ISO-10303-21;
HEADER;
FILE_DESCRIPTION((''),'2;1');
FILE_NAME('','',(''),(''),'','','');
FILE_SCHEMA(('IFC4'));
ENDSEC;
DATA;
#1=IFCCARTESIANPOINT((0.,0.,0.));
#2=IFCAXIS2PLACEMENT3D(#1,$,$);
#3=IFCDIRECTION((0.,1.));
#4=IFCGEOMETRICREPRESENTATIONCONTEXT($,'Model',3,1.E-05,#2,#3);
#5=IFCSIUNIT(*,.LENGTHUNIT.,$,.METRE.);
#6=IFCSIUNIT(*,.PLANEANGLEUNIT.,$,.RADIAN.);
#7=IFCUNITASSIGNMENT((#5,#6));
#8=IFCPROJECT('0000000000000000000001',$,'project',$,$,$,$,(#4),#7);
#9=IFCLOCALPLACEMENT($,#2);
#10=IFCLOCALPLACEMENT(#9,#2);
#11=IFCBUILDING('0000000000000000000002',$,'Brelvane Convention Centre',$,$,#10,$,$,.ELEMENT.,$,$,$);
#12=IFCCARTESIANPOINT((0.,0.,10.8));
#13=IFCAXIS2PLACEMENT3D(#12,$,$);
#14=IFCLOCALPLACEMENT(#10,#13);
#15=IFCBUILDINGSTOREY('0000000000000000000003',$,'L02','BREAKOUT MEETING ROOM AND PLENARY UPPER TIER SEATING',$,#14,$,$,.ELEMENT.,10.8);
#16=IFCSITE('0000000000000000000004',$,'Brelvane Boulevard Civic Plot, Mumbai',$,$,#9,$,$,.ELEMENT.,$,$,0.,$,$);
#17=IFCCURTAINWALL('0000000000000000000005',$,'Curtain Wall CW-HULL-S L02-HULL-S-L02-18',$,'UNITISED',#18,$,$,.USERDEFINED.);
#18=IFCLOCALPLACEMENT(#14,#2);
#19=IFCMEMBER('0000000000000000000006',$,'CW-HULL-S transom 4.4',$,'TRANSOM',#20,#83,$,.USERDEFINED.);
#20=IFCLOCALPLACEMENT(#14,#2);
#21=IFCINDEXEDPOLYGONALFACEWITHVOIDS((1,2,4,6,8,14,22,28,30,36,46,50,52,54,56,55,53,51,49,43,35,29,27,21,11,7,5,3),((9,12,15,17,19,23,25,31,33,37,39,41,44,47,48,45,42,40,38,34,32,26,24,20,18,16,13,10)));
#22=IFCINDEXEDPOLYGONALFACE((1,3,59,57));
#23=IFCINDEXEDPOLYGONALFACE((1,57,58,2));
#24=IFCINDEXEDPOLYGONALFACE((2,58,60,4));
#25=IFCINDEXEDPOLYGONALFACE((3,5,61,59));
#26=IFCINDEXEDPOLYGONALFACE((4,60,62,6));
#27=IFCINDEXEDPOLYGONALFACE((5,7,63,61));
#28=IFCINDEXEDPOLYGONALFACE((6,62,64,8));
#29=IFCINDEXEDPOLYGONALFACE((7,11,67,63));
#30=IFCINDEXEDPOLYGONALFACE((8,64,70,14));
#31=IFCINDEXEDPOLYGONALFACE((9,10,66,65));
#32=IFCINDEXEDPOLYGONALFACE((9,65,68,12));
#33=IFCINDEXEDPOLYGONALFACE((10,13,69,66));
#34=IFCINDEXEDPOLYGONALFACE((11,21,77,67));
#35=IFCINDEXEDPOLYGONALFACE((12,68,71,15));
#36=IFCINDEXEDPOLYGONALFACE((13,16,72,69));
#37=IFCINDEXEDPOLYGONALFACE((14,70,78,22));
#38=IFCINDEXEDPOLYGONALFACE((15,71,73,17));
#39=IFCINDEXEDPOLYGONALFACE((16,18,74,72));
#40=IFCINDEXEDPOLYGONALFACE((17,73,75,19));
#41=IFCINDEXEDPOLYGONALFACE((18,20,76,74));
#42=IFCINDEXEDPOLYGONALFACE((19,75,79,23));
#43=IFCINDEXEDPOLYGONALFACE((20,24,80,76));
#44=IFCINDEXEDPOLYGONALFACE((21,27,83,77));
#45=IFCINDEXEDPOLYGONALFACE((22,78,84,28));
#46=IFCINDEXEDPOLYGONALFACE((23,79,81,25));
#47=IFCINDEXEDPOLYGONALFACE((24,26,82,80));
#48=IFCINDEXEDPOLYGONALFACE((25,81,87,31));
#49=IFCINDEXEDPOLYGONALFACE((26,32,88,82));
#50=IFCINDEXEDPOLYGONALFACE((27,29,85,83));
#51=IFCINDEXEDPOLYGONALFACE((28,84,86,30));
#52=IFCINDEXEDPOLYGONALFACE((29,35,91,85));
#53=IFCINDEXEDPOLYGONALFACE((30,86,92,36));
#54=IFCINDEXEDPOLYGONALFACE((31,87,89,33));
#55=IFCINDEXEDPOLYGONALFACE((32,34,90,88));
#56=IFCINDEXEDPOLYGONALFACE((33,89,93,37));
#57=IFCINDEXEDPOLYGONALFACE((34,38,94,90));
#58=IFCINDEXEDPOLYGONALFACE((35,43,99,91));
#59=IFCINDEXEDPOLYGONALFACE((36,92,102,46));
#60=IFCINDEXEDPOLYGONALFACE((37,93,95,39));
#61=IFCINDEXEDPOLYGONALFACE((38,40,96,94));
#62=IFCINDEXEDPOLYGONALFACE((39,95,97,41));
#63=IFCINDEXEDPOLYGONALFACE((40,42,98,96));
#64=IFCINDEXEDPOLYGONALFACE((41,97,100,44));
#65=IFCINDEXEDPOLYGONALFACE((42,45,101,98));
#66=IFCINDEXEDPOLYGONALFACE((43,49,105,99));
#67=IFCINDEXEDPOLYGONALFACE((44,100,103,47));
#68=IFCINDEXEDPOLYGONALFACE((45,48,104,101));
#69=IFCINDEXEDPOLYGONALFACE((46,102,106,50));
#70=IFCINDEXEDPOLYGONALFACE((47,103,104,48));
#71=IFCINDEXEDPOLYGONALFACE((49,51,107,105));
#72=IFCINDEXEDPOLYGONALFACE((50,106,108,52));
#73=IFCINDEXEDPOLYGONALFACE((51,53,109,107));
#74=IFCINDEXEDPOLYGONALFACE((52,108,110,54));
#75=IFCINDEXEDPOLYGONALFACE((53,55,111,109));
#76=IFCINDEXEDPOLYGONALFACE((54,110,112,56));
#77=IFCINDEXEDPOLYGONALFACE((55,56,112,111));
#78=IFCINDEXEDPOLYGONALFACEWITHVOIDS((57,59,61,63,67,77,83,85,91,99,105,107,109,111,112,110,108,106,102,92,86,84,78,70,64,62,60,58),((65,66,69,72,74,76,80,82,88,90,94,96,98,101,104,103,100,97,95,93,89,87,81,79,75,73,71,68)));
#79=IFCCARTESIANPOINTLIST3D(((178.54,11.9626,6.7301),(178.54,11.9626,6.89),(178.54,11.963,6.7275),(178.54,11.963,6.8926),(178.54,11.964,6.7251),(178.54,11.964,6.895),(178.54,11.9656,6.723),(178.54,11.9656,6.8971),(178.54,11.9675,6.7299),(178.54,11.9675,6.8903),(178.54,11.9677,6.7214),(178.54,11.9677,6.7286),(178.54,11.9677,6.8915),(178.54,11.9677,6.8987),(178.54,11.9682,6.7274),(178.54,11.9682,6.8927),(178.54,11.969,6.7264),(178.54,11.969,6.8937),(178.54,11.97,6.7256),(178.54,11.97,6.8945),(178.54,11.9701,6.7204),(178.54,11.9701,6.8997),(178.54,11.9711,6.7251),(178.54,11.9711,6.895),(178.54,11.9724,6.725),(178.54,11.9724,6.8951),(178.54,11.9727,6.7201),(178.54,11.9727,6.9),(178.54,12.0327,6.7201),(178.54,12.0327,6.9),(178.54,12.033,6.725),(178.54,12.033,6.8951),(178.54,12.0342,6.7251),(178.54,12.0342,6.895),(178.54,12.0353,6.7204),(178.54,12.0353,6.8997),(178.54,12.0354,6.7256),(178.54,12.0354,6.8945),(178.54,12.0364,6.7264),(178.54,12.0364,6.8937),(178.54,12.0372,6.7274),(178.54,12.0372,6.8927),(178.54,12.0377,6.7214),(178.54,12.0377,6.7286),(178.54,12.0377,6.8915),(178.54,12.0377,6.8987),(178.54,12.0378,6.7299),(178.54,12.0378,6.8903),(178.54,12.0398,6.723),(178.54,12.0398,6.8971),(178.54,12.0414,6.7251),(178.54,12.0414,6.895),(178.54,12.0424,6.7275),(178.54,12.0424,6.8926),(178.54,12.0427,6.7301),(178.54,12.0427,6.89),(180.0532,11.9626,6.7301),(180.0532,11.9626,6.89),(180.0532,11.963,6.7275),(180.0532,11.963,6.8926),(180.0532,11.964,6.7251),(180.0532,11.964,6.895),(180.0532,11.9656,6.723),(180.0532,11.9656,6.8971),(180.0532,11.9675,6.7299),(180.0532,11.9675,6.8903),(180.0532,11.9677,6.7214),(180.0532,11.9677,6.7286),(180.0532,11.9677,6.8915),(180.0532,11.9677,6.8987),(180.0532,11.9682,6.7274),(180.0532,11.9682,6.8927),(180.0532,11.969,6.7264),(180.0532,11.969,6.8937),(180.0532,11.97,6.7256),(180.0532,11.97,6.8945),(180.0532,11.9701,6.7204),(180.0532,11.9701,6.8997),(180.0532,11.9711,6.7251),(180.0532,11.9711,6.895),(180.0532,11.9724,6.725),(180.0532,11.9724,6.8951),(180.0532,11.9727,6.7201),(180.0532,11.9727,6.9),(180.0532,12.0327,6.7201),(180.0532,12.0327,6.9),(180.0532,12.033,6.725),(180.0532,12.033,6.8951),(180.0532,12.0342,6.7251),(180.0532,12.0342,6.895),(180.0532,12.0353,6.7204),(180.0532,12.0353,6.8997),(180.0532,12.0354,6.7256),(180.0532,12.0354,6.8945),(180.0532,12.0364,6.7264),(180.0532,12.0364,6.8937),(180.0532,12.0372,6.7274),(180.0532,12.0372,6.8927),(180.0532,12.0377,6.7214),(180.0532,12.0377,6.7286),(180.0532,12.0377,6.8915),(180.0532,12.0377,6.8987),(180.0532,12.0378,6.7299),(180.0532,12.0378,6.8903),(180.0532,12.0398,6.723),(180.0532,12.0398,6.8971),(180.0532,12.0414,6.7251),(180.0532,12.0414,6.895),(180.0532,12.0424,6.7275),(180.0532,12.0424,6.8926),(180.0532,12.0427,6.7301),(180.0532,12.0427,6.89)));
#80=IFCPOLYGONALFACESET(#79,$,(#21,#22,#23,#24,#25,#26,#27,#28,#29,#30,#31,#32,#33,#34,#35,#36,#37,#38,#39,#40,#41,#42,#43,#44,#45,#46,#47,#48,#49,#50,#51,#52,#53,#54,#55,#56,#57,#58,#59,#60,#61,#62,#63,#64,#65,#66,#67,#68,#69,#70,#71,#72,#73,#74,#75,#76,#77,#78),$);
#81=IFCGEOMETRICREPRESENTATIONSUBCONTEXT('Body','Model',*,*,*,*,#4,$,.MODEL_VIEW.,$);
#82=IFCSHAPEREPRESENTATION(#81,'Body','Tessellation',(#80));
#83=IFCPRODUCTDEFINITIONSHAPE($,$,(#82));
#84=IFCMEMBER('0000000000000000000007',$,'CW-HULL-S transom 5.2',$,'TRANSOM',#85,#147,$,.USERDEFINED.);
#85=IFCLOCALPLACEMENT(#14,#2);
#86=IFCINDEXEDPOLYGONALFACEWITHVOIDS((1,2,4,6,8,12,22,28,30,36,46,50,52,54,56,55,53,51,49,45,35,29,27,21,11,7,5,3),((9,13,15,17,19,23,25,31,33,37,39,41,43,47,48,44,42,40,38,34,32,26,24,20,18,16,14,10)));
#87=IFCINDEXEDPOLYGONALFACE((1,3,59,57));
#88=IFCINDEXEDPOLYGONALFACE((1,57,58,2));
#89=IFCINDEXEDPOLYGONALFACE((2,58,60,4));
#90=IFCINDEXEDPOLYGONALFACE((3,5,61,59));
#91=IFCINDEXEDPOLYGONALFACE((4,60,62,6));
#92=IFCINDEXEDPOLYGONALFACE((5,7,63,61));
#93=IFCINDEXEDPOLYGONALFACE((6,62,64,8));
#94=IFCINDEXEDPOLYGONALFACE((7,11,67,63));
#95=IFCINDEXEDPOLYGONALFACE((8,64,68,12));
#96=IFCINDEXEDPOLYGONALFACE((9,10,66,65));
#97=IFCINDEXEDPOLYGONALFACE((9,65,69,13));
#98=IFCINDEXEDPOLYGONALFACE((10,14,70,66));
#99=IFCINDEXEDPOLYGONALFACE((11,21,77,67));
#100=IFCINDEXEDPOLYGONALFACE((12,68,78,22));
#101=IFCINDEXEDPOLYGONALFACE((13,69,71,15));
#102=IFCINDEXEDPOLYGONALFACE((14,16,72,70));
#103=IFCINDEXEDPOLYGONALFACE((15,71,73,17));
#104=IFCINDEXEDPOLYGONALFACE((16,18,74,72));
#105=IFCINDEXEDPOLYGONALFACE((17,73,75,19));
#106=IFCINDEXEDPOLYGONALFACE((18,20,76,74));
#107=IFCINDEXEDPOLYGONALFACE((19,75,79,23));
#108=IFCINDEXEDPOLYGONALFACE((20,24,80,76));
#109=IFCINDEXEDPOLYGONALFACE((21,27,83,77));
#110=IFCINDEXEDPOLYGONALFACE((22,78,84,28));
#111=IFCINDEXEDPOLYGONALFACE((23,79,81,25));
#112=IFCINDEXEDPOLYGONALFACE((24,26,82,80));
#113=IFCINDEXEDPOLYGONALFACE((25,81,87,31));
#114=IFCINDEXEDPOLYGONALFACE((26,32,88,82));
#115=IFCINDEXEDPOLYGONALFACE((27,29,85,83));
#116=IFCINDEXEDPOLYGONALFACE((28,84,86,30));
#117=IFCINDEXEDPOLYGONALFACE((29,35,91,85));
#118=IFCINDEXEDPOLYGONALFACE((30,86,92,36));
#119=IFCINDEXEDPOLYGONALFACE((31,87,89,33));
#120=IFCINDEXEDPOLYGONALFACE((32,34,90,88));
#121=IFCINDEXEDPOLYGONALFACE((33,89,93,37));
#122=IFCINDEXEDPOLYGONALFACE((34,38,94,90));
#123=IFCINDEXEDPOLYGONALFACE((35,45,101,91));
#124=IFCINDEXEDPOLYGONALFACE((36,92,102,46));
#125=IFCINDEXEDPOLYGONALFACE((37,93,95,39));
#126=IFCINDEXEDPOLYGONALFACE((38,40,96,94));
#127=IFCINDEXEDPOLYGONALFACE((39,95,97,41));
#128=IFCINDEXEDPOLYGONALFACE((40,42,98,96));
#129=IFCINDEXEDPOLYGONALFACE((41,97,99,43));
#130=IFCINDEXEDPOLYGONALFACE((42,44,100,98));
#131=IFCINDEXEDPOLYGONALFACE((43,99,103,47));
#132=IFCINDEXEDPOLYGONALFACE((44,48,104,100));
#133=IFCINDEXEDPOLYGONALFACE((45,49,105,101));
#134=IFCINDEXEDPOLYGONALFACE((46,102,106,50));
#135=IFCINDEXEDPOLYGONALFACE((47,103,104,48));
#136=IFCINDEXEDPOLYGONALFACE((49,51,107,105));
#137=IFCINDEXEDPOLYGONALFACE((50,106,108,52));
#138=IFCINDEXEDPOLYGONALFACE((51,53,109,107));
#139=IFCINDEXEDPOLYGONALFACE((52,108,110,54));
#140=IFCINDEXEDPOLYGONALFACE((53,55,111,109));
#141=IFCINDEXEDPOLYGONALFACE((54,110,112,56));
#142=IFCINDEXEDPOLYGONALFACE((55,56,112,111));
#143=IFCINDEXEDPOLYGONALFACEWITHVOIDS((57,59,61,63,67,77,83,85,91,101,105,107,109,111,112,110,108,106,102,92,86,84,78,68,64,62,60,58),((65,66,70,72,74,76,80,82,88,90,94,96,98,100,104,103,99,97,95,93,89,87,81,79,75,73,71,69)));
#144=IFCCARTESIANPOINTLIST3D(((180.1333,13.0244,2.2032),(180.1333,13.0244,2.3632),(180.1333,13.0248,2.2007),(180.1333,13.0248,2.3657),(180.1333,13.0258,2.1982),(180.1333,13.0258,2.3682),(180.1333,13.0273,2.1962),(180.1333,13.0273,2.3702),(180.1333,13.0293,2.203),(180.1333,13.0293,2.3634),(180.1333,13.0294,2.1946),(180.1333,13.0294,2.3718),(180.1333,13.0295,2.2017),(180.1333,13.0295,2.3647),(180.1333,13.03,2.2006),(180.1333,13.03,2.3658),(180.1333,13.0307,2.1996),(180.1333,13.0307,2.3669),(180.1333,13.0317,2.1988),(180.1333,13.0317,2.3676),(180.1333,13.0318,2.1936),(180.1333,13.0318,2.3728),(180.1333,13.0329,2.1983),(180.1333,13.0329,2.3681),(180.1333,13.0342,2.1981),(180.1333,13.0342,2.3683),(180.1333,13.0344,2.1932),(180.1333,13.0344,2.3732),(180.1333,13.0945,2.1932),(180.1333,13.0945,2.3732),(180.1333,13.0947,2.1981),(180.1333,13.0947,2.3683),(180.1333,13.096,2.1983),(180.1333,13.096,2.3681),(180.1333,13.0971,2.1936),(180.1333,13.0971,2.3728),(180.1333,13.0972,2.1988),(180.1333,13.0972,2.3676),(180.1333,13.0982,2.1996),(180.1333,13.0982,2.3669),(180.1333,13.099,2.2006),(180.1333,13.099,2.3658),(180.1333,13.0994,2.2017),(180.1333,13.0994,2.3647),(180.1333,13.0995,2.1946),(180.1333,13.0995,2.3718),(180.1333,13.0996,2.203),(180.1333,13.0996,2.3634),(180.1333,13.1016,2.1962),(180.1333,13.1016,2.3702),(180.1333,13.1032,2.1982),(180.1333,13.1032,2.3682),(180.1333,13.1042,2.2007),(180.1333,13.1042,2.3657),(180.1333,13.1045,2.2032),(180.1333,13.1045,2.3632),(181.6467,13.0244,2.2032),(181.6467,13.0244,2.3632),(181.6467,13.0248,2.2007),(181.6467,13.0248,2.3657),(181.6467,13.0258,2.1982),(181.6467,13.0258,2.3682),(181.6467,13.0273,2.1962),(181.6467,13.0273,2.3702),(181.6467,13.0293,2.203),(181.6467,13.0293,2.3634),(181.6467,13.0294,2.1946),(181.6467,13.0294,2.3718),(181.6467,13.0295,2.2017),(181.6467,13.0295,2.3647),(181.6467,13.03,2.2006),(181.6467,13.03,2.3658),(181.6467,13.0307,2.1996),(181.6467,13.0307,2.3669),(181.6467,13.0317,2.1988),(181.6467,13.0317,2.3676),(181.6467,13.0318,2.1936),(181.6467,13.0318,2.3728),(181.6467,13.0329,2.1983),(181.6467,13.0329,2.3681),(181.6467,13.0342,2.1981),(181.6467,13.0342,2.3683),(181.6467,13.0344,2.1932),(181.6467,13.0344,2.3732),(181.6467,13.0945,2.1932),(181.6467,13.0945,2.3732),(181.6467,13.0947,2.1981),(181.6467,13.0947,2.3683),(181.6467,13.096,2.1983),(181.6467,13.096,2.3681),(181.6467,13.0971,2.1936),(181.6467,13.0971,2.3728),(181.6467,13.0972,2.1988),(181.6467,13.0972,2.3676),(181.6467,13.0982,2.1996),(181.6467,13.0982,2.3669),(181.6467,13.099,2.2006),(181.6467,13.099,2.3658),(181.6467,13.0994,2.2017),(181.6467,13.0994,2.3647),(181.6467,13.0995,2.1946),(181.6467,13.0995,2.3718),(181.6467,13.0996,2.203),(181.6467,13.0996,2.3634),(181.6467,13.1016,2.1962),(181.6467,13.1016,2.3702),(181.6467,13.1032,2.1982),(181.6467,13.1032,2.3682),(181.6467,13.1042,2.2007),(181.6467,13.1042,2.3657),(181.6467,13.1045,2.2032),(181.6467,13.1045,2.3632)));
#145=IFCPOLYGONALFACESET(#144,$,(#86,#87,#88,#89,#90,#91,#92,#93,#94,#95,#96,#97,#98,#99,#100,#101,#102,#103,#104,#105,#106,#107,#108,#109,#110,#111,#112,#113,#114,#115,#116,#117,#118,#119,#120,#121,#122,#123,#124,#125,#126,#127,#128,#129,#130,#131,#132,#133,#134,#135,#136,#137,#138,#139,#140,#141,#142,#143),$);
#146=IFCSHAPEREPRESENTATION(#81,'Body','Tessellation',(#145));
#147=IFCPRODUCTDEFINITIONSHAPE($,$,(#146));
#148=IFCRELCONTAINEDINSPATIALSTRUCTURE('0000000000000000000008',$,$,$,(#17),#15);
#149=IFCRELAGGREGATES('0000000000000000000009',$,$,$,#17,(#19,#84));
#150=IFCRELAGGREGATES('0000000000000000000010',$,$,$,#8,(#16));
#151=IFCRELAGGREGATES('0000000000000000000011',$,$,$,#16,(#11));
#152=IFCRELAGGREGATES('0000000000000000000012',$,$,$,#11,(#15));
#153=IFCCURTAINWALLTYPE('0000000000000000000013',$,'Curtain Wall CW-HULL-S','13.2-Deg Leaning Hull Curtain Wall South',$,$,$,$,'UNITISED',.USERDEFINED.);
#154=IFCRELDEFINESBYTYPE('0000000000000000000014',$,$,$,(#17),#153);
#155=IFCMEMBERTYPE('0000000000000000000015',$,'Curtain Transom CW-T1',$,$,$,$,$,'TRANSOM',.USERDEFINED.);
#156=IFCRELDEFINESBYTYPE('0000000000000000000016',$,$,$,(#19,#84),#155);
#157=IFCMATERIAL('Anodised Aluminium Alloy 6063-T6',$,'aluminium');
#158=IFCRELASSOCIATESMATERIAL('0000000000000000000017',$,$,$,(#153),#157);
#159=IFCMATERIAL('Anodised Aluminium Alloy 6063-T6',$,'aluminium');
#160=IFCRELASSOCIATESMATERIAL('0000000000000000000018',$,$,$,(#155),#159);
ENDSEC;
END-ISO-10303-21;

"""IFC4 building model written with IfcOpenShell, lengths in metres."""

from ifc_helpers import new_model, si_unit, direction, frame, origin, origin_2d, place, context, subcontext, project, spatial, hollow_rectangle, extrude, material, material_profile, profile_set, type_object, element, aggregate, save


model = new_model("IFC4")

# Units and contexts
model_context = context("Model", 3, precision=1e-05, world=origin(), true_north=direction((0.0, 1.0)))
body_context = subcontext(model_context, "Body", "Model", "MODEL_VIEW")
ifc_project = project(units=[si_unit("LENGTHUNIT", "METRE"), si_unit("PLANEANGLEUNIT", "RADIAN")], contexts=[model_context])

# Site, building, storey
site_placement = place(None, origin())
site = spatial("IfcSite", under=ifc_project, at=site_placement, Name="Brelvane Boulevard Civic Plot, Mumbai", CompositionType="ELEMENT", RefElevation=0.0)
building_placement = place(site_placement, origin())
building = spatial("IfcBuilding", under=site, at=building_placement, Name="Brelvane Convention Centre", CompositionType="ELEMENT")
storey_placement = place(building_placement, frame((0.0, 0.0, 10.8)))
storey = spatial("IfcBuildingStorey", under=building, at=storey_placement, Name="L02", Description="BREAKOUT MEETING ROOM AND PLENARY UPPER TIER SEATING", CompositionType="ELEMENT", Elevation=10.8)

# Curtain wall, members
ifc_material_1 = material(Name="Anodised Aluminium Alloy 6063-T6", Category="aluminium")
curtain_wall_type = type_object("IfcCurtainWallType", Name="Curtain Wall CW-HULL-S", Description="13.2-Deg Leaning Hull Curtain Wall South", ElementType="UNITISED", PredefinedType="USERDEFINED", material=ifc_material_1)
curtain_wall_1_placement = place(storey_placement, origin())
curtain_wall_1 = element("IfcCurtainWall", 1, at=curtain_wall_1_placement, inside=storey, type_object=curtain_wall_type, Name="Curtain Wall CW-HULL-S L02-HULL-S-L02-18", ObjectType="UNITISED", PredefinedType="USERDEFINED")
ifc_material_2 = material(Name="Anodised Aluminium Alloy 6063-T6", Category="aluminium")
ifc_material_profile = material_profile(ifc_material_2, hollow_rectangle(XDim=0.0801, YDim=0.1799, WallThickness=0.0049, InnerFilletRadius=0.0049, OuterFilletRadius=0.01, at=origin_2d()), Name="ALU-T 180x80x5.0")
ifc_profile_set = profile_set([ifc_material_profile], Name="Anodised Aluminium Alloy 6063-T6")
member_type = type_object("IfcMemberType", Name="Curtain Transom CW-T1", ElementType="TRANSOM", PredefinedType="USERDEFINED", material=ifc_profile_set)
member_1_placement = place(storey_placement, frame((178.54, 12.0027, 6.8101), z_axis=(1.0, 0.0, 0.0), x_axis=(0.0, 1.0, 0.0)))
member_1 = element("IfcMember", 2, at=member_1_placement, type_object=member_type, Name="CW-HULL-S transom 4.4", ObjectType="TRANSOM", PredefinedType="USERDEFINED", context=body_context, shape_type="SweptSolid", body=[
    extrude(hollow_rectangle(XDim=0.0801, YDim=0.1799, WallThickness=0.0049, InnerFilletRadius=0.0049, OuterFilletRadius=0.01, at=origin_2d()), origin(), (0.0, 0.0, 1.0), 1.5132),
])
member_2_placement = place(storey_placement, frame((180.1333, 13.0645, 2.2832), z_axis=(1.0, 0.0, 0.0), x_axis=(0.0, 1.0, 0.0)))
member_2 = element("IfcMember", 3, at=member_2_placement, type_object=member_type, Name="CW-HULL-S transom 5.2", ObjectType="TRANSOM", PredefinedType="USERDEFINED", context=body_context, shape_type="SweptSolid", body=[
    extrude(hollow_rectangle(XDim=0.0801, YDim=0.1799, WallThickness=0.0049, InnerFilletRadius=0.0049, OuterFilletRadius=0.01, at=origin_2d()), origin(), (0.0, 0.0, 1.0), 1.5134),
])

aggregate(curtain_wall_1, [member_1, member_2])

save(model, "model.ifc")
